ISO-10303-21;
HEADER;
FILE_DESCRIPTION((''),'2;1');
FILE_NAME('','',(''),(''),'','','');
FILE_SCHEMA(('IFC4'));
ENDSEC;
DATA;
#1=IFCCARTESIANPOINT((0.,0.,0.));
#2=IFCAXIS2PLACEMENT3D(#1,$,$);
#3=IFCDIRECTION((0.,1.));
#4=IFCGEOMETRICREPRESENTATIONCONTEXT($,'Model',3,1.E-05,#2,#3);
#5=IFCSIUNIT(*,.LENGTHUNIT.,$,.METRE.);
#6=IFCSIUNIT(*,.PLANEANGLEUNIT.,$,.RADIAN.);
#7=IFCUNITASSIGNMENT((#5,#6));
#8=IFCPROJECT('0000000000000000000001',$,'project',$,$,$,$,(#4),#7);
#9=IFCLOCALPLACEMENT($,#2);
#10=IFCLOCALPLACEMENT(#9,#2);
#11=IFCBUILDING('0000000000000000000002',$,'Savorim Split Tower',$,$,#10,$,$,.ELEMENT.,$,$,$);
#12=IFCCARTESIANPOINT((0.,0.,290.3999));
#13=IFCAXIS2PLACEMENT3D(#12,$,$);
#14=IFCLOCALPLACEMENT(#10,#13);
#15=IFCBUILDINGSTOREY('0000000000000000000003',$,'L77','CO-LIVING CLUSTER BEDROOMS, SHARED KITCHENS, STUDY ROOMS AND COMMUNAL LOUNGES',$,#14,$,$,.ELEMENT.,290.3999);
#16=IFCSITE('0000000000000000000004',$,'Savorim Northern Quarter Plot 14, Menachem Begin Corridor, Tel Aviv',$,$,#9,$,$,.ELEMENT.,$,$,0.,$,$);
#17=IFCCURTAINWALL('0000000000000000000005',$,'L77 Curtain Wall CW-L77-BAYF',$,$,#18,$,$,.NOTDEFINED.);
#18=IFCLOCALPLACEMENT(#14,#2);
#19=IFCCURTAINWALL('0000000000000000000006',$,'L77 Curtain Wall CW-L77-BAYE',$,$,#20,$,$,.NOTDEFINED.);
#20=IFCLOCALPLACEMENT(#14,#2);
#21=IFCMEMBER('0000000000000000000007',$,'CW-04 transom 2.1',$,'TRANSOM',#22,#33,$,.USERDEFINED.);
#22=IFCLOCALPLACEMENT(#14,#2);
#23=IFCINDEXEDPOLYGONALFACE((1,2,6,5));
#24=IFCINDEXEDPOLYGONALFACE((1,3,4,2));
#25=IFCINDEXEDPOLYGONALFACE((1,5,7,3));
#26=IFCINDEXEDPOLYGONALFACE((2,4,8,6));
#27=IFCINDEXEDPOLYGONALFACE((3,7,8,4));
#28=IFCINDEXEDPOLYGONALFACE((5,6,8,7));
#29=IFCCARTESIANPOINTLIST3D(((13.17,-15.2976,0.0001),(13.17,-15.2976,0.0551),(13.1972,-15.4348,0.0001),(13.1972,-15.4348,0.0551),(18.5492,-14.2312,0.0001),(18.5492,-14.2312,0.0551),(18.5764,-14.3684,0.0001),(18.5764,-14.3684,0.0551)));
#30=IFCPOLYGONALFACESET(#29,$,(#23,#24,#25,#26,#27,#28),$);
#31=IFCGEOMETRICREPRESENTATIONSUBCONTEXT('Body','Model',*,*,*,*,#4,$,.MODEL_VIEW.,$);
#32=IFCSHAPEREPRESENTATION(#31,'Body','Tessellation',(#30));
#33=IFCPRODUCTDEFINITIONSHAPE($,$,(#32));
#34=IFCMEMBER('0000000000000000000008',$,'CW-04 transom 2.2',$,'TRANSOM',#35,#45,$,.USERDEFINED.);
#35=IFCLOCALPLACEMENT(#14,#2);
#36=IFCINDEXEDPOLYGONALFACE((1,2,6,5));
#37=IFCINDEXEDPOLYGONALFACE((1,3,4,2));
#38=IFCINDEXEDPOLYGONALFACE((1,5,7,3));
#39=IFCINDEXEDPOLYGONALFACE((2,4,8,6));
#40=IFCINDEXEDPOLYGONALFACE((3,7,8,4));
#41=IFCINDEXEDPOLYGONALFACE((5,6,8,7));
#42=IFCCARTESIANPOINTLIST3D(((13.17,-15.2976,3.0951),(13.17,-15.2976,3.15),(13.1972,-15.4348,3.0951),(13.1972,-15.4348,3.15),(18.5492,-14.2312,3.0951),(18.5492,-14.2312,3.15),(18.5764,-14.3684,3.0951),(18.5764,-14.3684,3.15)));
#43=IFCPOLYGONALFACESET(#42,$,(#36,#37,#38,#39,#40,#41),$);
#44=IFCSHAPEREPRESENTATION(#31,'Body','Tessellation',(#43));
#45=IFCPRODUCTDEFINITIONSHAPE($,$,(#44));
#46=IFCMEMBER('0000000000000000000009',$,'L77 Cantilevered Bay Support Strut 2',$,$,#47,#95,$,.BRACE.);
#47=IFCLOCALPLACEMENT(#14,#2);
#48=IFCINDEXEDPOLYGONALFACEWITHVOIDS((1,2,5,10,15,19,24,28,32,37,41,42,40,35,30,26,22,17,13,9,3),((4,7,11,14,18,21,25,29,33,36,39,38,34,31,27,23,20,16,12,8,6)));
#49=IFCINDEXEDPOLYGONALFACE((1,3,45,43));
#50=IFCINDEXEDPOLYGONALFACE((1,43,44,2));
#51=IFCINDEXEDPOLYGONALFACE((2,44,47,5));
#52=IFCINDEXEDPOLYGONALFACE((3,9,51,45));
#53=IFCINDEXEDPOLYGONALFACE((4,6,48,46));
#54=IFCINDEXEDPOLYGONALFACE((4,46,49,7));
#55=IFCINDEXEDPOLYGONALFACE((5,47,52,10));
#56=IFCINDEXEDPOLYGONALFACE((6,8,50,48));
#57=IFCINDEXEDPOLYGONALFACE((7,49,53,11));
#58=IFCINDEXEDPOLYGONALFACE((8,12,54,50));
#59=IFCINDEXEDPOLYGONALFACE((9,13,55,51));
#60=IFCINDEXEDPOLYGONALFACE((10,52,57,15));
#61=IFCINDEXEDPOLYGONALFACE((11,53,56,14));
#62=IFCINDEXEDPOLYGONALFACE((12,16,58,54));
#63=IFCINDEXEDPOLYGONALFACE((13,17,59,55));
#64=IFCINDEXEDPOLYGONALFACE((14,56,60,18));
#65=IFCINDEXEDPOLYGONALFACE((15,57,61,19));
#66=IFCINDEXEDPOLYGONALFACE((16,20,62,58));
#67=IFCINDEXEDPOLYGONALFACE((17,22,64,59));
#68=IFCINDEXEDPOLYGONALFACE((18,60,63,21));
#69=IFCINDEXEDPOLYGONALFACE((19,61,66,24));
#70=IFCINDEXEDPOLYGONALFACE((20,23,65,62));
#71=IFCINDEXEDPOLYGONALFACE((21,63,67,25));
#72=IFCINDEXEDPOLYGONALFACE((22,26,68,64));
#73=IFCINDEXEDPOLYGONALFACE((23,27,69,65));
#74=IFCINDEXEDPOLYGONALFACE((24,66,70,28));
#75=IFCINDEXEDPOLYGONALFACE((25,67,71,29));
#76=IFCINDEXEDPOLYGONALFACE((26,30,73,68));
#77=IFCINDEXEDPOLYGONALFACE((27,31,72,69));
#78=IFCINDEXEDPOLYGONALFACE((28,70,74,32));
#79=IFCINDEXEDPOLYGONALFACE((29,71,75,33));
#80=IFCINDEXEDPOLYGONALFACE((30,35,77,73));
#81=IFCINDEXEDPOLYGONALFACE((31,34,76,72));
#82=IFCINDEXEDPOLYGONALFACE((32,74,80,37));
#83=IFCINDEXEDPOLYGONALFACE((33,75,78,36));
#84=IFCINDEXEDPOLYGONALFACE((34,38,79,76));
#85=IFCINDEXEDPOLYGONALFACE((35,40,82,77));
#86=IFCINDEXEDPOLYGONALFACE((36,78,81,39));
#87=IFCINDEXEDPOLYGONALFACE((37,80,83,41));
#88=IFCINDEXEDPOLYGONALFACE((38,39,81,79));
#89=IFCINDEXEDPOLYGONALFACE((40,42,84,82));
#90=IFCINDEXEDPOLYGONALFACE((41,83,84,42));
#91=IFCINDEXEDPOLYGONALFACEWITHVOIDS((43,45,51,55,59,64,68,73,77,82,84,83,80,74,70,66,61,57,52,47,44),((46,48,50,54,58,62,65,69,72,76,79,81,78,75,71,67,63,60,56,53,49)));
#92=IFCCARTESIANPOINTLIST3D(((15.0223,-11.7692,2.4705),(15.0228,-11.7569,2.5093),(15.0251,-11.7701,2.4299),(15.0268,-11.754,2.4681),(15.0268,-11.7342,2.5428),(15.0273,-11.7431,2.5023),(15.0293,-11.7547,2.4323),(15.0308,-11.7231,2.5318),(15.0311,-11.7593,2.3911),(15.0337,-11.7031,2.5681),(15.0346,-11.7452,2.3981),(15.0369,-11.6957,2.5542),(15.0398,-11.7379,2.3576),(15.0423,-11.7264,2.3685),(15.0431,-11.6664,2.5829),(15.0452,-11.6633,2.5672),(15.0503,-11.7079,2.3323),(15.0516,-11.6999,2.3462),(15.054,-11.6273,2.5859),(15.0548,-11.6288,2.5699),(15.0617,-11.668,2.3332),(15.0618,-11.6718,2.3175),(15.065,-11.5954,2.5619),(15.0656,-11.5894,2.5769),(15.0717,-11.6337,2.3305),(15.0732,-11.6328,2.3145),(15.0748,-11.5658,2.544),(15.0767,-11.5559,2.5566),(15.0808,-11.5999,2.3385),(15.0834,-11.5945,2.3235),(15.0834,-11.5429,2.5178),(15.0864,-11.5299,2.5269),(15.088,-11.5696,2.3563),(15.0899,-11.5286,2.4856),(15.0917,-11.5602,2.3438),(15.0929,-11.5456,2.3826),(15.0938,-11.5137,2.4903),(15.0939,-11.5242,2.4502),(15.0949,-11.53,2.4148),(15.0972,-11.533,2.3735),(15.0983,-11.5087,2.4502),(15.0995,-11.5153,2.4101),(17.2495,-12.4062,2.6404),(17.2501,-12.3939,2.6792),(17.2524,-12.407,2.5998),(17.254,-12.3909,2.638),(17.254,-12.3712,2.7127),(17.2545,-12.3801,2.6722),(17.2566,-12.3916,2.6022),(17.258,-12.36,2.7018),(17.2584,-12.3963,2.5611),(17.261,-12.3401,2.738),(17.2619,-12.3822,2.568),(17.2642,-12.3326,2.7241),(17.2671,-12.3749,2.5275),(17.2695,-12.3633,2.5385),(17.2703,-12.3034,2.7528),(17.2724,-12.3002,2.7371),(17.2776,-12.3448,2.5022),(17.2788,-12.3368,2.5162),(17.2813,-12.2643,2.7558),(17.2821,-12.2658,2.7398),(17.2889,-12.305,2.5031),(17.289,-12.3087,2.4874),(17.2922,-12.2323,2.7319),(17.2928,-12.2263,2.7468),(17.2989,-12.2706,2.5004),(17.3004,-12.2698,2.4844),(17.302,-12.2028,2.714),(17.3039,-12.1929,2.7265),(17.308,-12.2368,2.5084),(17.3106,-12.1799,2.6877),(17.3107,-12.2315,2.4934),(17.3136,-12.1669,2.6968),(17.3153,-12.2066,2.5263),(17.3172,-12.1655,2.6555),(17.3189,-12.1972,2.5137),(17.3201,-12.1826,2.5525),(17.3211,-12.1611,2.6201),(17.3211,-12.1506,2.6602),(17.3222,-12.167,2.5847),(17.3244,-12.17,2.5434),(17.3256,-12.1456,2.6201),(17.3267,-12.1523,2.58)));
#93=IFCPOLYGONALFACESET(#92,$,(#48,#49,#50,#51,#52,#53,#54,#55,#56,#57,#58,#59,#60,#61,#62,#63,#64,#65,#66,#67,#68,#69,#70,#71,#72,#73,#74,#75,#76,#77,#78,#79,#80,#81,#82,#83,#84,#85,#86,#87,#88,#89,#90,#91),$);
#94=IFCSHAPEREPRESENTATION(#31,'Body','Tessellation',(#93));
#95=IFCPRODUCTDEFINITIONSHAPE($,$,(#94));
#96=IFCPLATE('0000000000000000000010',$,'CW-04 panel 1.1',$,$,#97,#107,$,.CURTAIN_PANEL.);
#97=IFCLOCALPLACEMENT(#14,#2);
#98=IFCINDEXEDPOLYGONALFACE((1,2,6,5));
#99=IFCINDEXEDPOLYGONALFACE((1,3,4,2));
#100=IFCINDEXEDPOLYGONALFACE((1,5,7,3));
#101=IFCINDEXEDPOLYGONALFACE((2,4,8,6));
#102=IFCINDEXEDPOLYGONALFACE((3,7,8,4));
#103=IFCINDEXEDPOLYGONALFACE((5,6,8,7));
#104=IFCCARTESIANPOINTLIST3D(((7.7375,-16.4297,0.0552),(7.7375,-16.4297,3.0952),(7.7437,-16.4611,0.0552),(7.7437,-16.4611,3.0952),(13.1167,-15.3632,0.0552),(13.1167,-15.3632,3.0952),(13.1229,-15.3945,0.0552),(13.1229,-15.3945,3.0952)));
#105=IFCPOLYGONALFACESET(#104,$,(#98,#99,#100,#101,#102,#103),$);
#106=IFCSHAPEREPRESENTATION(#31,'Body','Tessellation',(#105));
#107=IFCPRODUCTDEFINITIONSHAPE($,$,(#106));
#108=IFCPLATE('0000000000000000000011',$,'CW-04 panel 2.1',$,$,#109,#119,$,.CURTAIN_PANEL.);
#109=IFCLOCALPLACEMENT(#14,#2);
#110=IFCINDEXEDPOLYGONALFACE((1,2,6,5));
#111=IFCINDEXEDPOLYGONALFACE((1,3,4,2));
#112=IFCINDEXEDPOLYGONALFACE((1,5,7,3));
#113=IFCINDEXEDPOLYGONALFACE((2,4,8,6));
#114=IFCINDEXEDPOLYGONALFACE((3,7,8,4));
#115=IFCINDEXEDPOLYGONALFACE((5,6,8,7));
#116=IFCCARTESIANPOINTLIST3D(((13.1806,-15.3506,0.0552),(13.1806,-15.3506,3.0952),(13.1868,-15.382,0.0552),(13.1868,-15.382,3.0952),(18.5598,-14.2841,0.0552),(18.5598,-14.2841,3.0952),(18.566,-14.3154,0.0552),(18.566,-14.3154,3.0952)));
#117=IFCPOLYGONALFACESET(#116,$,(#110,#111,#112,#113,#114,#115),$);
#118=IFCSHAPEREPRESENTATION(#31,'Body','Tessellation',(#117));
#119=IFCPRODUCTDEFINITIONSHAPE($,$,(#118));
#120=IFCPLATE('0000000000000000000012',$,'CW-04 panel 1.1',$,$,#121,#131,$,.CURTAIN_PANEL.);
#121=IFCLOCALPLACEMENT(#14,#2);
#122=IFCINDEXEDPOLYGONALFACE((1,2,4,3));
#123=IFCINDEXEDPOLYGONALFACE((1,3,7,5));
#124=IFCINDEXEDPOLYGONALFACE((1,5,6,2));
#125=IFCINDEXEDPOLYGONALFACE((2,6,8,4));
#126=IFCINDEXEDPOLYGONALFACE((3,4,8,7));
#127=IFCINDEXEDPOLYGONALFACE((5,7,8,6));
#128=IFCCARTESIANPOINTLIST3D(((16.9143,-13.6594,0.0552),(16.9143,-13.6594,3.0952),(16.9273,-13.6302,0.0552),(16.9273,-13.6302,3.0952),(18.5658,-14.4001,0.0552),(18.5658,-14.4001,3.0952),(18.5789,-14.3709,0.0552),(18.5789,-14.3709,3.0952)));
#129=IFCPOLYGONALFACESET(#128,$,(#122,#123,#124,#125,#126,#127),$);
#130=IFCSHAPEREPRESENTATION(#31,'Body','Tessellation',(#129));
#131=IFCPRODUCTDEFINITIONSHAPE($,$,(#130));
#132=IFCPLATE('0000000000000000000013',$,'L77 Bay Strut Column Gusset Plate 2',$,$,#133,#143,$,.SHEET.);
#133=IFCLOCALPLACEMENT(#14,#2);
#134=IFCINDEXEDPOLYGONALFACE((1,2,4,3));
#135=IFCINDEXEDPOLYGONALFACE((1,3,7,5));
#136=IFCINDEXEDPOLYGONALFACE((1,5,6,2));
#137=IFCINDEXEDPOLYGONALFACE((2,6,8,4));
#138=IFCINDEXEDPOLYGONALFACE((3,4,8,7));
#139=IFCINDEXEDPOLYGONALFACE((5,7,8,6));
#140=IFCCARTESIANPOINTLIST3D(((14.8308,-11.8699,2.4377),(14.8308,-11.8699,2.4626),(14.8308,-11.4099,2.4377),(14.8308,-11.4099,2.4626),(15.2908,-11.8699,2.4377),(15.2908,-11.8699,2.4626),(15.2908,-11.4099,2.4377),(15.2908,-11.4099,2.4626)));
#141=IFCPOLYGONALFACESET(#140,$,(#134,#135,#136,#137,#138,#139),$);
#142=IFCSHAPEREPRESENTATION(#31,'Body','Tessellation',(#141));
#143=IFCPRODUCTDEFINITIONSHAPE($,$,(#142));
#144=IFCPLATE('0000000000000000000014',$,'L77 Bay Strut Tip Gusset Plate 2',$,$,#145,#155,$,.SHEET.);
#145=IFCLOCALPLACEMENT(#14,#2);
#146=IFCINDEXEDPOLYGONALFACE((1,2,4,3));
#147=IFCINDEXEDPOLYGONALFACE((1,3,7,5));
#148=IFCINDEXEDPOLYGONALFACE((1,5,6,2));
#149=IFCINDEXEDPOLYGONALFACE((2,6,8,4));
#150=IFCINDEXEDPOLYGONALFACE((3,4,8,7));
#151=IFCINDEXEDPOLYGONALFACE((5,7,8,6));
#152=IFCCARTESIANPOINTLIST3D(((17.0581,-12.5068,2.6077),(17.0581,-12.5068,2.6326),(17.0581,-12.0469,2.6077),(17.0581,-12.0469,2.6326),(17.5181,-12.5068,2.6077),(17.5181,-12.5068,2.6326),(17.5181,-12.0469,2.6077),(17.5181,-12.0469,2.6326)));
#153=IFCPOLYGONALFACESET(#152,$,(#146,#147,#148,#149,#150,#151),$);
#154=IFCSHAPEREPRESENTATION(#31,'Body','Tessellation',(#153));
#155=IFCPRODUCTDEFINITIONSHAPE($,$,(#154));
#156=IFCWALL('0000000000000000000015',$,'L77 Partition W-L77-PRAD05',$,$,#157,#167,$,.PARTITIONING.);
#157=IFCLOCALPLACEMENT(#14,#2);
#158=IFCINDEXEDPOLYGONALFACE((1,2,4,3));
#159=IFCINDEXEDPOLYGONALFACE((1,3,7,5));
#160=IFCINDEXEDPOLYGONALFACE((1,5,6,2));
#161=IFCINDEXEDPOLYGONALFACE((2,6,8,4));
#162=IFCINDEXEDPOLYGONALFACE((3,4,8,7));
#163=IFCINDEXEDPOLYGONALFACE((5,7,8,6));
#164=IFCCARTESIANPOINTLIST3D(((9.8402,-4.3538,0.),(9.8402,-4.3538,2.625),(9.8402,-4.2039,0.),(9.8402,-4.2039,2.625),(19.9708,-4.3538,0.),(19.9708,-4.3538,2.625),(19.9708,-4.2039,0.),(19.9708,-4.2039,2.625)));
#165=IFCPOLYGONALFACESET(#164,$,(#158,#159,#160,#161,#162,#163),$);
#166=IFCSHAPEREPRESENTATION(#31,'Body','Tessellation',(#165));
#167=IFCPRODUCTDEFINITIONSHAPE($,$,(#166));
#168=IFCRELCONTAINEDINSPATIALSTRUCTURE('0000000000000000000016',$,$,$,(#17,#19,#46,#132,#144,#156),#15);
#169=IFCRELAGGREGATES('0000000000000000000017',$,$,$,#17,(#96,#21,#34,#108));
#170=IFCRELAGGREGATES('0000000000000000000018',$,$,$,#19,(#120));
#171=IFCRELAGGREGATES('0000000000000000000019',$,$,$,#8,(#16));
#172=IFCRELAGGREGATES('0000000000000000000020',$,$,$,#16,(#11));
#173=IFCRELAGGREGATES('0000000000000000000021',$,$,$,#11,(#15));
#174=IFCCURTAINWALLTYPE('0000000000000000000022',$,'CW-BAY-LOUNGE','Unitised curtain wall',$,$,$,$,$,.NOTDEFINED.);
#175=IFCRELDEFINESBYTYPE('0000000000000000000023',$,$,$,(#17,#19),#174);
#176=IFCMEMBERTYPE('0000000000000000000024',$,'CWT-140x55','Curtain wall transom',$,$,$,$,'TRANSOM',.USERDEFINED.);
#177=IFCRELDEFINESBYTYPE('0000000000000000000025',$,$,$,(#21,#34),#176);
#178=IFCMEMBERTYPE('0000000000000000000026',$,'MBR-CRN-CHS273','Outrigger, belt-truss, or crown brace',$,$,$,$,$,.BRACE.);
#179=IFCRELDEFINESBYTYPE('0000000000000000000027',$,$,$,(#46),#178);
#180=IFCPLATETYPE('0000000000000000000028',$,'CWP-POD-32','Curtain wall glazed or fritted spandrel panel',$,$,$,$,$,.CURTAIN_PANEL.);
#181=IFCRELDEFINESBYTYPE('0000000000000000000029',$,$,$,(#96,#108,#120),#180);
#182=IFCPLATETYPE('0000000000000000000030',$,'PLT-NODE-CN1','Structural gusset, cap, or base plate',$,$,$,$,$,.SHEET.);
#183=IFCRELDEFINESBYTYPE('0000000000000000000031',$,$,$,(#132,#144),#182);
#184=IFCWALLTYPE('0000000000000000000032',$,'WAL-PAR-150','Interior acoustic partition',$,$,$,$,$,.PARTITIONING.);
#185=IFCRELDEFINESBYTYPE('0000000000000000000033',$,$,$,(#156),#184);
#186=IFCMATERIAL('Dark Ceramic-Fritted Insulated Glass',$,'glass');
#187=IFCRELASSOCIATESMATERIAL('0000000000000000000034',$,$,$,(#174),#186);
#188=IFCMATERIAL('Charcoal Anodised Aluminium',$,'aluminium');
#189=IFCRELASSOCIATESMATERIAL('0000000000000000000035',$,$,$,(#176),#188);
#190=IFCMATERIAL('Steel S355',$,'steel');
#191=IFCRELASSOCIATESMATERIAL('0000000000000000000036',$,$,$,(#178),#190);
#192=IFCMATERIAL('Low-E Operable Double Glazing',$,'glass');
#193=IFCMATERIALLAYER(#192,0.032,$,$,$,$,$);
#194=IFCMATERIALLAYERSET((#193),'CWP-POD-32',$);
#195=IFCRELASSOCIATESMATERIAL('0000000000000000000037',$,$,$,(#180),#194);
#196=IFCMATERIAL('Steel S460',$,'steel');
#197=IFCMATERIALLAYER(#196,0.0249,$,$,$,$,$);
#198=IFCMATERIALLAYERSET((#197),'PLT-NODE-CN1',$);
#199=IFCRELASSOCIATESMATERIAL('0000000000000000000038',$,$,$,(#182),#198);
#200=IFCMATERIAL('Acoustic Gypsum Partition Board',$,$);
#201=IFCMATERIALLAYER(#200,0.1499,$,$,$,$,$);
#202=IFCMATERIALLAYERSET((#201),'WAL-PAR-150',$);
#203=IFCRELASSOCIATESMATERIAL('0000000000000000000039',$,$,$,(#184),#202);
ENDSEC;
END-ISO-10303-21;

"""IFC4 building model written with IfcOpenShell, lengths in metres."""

from ifc_helpers import new_model, si_unit, direction, frame, frame_2d, origin, origin_2d, place, context, subcontext, project, spatial, rectangle, hollow_circle, extrude, material, layer, layer_set, material_profile, profile_set, type_object, element, aggregate, save


model = new_model("IFC4")

# Units and contexts
model_context = context("Model", 3, precision=1e-05, world=origin(), true_north=direction((0.0, 1.0)))
body_context = subcontext(model_context, "Body", "Model", "MODEL_VIEW")
ifc_project = project(units=[si_unit("LENGTHUNIT", "METRE"), si_unit("PLANEANGLEUNIT", "RADIAN")], contexts=[model_context])

# Site, building, storey
site_placement = place(None, origin())
site = spatial("IfcSite", under=ifc_project, at=site_placement, Name="Savorim Northern Quarter Plot 14, Menachem Begin Corridor, Tel Aviv", CompositionType="ELEMENT", RefElevation=0.0)
building_placement = place(site_placement, origin())
building = spatial("IfcBuilding", under=site, at=building_placement, Name="Savorim Split Tower", CompositionType="ELEMENT")
storey_placement = place(building_placement, frame((0.0, 0.0, 290.3999)))
storey = spatial("IfcBuildingStorey", under=building, at=storey_placement, Name="L77", Description="CO-LIVING CLUSTER BEDROOMS, SHARED KITCHENS, STUDY ROOMS AND COMMUNAL LOUNGES", CompositionType="ELEMENT", Elevation=290.3999)

# Shared definitions
ifc_material_1 = material(Name="Steel S355", Category="steel")

# Curtain walls
ifc_material_2 = material(Name="Dark Ceramic-Fritted Insulated Glass", Category="glass")
ifc_material_3 = material(Name="Charcoal Anodised Aluminium", Category="aluminium")
curtain_wall_type_1 = type_object("IfcCurtainWallType", Name="CW-BAY-LOUNGE", Description="Unitised curtain wall", PredefinedType="NOTDEFINED", material=ifc_material_2)
curtain_wall_1_placement = place(storey_placement, origin())
curtain_wall_1 = element("IfcCurtainWall", 1, at=curtain_wall_1_placement, inside=storey, type_object=curtain_wall_type_1, Name="L77 Curtain Wall CW-L77-BAYF", PredefinedType="NOTDEFINED")
curtain_wall_2_placement = place(storey_placement, origin())
curtain_wall_2 = element("IfcCurtainWall", 2, at=curtain_wall_2_placement, inside=storey, type_object=curtain_wall_type_1, Name="L77 Curtain Wall CW-L77-BAYE", PredefinedType="NOTDEFINED")

# Members
ifc_material_profile_1 = material_profile(ifc_material_3, rectangle(XDim=0.1399, YDim=0.0549, at=origin_2d()), Name="ALU-T 140x55")
ifc_profile_set_1 = profile_set([ifc_material_profile_1], Name="Charcoal Anodised Aluminium")
member_type_1 = type_object("IfcMemberType", Name="CWT-140x55", Description="Curtain wall transom", ElementType="TRANSOM", PredefinedType="USERDEFINED", material=ifc_profile_set_1)
member_1_placement = place(storey_placement, frame((13.1836, -15.3662, 0.0276), z_axis=(0.98091, 0.194463, 0.0), x_axis=(-0.194463, 0.98091, 0.0)))
member_1 = element("IfcMember", 3, at=member_1_placement, type_object=member_type_1, Name="CW-04 transom 2.1", ObjectType="TRANSOM", PredefinedType="USERDEFINED", context=body_context, shape_type="SweptSolid", body=[
    extrude(rectangle(XDim=0.1399, YDim=0.0549, at=origin_2d()), origin(), (0.0, 0.0, 1.0), 5.4839),
])
member_2_placement = place(storey_placement, frame((13.1836, -15.3662, 3.1226), z_axis=(0.98091, 0.194463, 0.0), x_axis=(-0.194463, 0.98091, 0.0)))
member_2 = element("IfcMember", 4, at=member_2_placement, type_object=member_type_1, Name="CW-04 transom 2.2", ObjectType="TRANSOM", PredefinedType="USERDEFINED", context=body_context, shape_type="SweptSolid", body=[
    extrude(rectangle(XDim=0.1399, YDim=0.0549, at=origin_2d()), origin(), (0.0, 0.0, 1.0), 5.4839),
])
ifc_material_profile_2 = material_profile(ifc_material_1, hollow_circle(Radius=0.1365, WallThickness=0.0161, at=origin_2d()), Name="CHS 273x16")
ifc_profile_set_2 = profile_set([ifc_material_profile_2], Name="Steel S355")
member_type_2 = type_object("IfcMemberType", Name="MBR-CRN-CHS273", Description="Outrigger, belt-truss, or crown brace", PredefinedType="BRACE", material=ifc_profile_set_2)
member_3_placement = place(storey_placement, frame((15.0608, -11.6399, 2.4502), z_axis=(0.95888, -0.274221, 0.073154), x_axis=(0.274958, 0.961456, 0.0)))
element("IfcMember", 5, at=member_3_placement, inside=storey, type_object=member_type_2, Name="L77 Cantilevered Bay Support Strut 2", PredefinedType="BRACE", context=body_context, shape_type="SweptSolid", body=[
    extrude(hollow_circle(Radius=0.1365, WallThickness=0.0161, at=origin_2d()), origin(), (0.0, 0.0, 1.0), 2.3228),
])

# Plates
ifc_material_4 = material(Name="Low-E Operable Double Glazing", Category="glass")
ifc_layer_1 = layer(ifc_material_4, 0.032)
ifc_layer_set_1 = layer_set([ifc_layer_1], Name="CWP-POD-32")
plate_type_1 = type_object("IfcPlateType", Name="CWP-POD-32", Description="Curtain wall glazed or fritted spandrel panel", PredefinedType="CURTAIN_PANEL", material=ifc_layer_set_1)
plate_1_placement = place(storey_placement, frame((10.4302, -15.9121, 0.0552), z_axis=(0.0, 0.0, 1.0), x_axis=(0.980906, 0.194484, 0.0)))
plate_1 = element("IfcPlate", 6, at=plate_1_placement, type_object=plate_type_1, Name="CW-04 panel 1.1", PredefinedType="CURTAIN_PANEL", context=body_context, shape_type="SweptSolid", body=[
    extrude(rectangle(XDim=5.4839, YDim=0.032, at=origin_2d()), origin(), (0.0, 0.0, 1.0), 3.04),
])
plate_2_placement = place(storey_placement, frame((15.8733, -14.833, 0.0552), z_axis=(0.0, 0.0, 1.0), x_axis=(0.980906, 0.194484, 0.0)))
plate_2 = element("IfcPlate", 7, at=plate_2_placement, type_object=plate_type_1, Name="CW-04 panel 2.1", PredefinedType="CURTAIN_PANEL", context=body_context, shape_type="SweptSolid", body=[
    extrude(rectangle(XDim=5.4839, YDim=0.032, at=origin_2d()), origin(), (0.0, 0.0, 1.0), 3.04),
])
aggregate(curtain_wall_1, [plate_1, member_1, member_2, plate_2])
plate_3_placement = place(storey_placement, frame((17.7466, -14.0151, 0.0552), z_axis=(0.0, 0.0, 1.0), x_axis=(-0.912431, 0.409231, 0.0)))
plate_3 = element("IfcPlate", 8, at=plate_3_placement, type_object=plate_type_1, Name="CW-04 panel 1.1", PredefinedType="CURTAIN_PANEL", context=body_context, shape_type="SweptSolid", body=[
    extrude(rectangle(XDim=1.8101, YDim=0.032, at=origin_2d()), origin(), (0.0, 0.0, 1.0), 3.04),
])
aggregate(curtain_wall_2, [plate_3])

# Plates
ifc_material_5 = material(Name="Steel S460", Category="steel")
ifc_layer_2 = layer(ifc_material_5, 0.0249)
ifc_layer_set_2 = layer_set([ifc_layer_2], Name="PLT-NODE-CN1")
plate_type_2 = type_object("IfcPlateType", Name="PLT-NODE-CN1", Description="Structural gusset, cap, or base plate", PredefinedType="SHEET", material=ifc_layer_set_2)
for number, where, z_axis, x_axis, name in (
    (9, (15.0608, -11.6399, 2.4377), (0.0, 0.0, 1.0), (1.0, 0.0, 0.0), "L77 Bay Strut Column Gusset Plate 2"),
    (10, (17.2881, -12.2769, 2.6077), (0.0, 0.0, 1.0), (1.0, 0.0, 0.0), "L77 Bay Strut Tip Gusset Plate 2"),
):
    element("IfcPlate", number, at=place(storey_placement, frame(where, z_axis=z_axis, x_axis=x_axis)), inside=storey, type_object=plate_type_2, Name=name, PredefinedType="SHEET", context=body_context, shape_type="SweptSolid", body=[
        extrude(rectangle(XDim=0.46, YDim=0.46, at=origin_2d()), origin(), (0.0, 0.0, 1.0), 0.0249),
    ])

# Wall
ifc_material_6 = material(Name="Acoustic Gypsum Partition Board")
ifc_layer_3 = layer(ifc_material_6, 0.1499)
ifc_layer_set_3 = layer_set([ifc_layer_3], Name="WAL-PAR-150")
wall_type = type_object("IfcWallType", Name="WAL-PAR-150", Description="Interior acoustic partition", PredefinedType="PARTITIONING", material=ifc_layer_set_3)
wall_placement = place(storey_placement, frame((9.8401, -4.2788, 0.0), z_axis=(0.0, 0.0, 1.0), x_axis=(1.0, 0.0, 0.0)))
element("IfcWall", 11, at=wall_placement, inside=storey, type_object=wall_type, Name="L77 Partition W-L77-PRAD05", PredefinedType="PARTITIONING", context=body_context, shape_type="SweptSolid", body=[
    extrude(rectangle(XDim=10.1306, YDim=0.1499, at=frame_2d((5.0654, 0.0))), origin(), (0.0, 0.0, 1.0), 2.625),
])

save(model, "model.ifc")
